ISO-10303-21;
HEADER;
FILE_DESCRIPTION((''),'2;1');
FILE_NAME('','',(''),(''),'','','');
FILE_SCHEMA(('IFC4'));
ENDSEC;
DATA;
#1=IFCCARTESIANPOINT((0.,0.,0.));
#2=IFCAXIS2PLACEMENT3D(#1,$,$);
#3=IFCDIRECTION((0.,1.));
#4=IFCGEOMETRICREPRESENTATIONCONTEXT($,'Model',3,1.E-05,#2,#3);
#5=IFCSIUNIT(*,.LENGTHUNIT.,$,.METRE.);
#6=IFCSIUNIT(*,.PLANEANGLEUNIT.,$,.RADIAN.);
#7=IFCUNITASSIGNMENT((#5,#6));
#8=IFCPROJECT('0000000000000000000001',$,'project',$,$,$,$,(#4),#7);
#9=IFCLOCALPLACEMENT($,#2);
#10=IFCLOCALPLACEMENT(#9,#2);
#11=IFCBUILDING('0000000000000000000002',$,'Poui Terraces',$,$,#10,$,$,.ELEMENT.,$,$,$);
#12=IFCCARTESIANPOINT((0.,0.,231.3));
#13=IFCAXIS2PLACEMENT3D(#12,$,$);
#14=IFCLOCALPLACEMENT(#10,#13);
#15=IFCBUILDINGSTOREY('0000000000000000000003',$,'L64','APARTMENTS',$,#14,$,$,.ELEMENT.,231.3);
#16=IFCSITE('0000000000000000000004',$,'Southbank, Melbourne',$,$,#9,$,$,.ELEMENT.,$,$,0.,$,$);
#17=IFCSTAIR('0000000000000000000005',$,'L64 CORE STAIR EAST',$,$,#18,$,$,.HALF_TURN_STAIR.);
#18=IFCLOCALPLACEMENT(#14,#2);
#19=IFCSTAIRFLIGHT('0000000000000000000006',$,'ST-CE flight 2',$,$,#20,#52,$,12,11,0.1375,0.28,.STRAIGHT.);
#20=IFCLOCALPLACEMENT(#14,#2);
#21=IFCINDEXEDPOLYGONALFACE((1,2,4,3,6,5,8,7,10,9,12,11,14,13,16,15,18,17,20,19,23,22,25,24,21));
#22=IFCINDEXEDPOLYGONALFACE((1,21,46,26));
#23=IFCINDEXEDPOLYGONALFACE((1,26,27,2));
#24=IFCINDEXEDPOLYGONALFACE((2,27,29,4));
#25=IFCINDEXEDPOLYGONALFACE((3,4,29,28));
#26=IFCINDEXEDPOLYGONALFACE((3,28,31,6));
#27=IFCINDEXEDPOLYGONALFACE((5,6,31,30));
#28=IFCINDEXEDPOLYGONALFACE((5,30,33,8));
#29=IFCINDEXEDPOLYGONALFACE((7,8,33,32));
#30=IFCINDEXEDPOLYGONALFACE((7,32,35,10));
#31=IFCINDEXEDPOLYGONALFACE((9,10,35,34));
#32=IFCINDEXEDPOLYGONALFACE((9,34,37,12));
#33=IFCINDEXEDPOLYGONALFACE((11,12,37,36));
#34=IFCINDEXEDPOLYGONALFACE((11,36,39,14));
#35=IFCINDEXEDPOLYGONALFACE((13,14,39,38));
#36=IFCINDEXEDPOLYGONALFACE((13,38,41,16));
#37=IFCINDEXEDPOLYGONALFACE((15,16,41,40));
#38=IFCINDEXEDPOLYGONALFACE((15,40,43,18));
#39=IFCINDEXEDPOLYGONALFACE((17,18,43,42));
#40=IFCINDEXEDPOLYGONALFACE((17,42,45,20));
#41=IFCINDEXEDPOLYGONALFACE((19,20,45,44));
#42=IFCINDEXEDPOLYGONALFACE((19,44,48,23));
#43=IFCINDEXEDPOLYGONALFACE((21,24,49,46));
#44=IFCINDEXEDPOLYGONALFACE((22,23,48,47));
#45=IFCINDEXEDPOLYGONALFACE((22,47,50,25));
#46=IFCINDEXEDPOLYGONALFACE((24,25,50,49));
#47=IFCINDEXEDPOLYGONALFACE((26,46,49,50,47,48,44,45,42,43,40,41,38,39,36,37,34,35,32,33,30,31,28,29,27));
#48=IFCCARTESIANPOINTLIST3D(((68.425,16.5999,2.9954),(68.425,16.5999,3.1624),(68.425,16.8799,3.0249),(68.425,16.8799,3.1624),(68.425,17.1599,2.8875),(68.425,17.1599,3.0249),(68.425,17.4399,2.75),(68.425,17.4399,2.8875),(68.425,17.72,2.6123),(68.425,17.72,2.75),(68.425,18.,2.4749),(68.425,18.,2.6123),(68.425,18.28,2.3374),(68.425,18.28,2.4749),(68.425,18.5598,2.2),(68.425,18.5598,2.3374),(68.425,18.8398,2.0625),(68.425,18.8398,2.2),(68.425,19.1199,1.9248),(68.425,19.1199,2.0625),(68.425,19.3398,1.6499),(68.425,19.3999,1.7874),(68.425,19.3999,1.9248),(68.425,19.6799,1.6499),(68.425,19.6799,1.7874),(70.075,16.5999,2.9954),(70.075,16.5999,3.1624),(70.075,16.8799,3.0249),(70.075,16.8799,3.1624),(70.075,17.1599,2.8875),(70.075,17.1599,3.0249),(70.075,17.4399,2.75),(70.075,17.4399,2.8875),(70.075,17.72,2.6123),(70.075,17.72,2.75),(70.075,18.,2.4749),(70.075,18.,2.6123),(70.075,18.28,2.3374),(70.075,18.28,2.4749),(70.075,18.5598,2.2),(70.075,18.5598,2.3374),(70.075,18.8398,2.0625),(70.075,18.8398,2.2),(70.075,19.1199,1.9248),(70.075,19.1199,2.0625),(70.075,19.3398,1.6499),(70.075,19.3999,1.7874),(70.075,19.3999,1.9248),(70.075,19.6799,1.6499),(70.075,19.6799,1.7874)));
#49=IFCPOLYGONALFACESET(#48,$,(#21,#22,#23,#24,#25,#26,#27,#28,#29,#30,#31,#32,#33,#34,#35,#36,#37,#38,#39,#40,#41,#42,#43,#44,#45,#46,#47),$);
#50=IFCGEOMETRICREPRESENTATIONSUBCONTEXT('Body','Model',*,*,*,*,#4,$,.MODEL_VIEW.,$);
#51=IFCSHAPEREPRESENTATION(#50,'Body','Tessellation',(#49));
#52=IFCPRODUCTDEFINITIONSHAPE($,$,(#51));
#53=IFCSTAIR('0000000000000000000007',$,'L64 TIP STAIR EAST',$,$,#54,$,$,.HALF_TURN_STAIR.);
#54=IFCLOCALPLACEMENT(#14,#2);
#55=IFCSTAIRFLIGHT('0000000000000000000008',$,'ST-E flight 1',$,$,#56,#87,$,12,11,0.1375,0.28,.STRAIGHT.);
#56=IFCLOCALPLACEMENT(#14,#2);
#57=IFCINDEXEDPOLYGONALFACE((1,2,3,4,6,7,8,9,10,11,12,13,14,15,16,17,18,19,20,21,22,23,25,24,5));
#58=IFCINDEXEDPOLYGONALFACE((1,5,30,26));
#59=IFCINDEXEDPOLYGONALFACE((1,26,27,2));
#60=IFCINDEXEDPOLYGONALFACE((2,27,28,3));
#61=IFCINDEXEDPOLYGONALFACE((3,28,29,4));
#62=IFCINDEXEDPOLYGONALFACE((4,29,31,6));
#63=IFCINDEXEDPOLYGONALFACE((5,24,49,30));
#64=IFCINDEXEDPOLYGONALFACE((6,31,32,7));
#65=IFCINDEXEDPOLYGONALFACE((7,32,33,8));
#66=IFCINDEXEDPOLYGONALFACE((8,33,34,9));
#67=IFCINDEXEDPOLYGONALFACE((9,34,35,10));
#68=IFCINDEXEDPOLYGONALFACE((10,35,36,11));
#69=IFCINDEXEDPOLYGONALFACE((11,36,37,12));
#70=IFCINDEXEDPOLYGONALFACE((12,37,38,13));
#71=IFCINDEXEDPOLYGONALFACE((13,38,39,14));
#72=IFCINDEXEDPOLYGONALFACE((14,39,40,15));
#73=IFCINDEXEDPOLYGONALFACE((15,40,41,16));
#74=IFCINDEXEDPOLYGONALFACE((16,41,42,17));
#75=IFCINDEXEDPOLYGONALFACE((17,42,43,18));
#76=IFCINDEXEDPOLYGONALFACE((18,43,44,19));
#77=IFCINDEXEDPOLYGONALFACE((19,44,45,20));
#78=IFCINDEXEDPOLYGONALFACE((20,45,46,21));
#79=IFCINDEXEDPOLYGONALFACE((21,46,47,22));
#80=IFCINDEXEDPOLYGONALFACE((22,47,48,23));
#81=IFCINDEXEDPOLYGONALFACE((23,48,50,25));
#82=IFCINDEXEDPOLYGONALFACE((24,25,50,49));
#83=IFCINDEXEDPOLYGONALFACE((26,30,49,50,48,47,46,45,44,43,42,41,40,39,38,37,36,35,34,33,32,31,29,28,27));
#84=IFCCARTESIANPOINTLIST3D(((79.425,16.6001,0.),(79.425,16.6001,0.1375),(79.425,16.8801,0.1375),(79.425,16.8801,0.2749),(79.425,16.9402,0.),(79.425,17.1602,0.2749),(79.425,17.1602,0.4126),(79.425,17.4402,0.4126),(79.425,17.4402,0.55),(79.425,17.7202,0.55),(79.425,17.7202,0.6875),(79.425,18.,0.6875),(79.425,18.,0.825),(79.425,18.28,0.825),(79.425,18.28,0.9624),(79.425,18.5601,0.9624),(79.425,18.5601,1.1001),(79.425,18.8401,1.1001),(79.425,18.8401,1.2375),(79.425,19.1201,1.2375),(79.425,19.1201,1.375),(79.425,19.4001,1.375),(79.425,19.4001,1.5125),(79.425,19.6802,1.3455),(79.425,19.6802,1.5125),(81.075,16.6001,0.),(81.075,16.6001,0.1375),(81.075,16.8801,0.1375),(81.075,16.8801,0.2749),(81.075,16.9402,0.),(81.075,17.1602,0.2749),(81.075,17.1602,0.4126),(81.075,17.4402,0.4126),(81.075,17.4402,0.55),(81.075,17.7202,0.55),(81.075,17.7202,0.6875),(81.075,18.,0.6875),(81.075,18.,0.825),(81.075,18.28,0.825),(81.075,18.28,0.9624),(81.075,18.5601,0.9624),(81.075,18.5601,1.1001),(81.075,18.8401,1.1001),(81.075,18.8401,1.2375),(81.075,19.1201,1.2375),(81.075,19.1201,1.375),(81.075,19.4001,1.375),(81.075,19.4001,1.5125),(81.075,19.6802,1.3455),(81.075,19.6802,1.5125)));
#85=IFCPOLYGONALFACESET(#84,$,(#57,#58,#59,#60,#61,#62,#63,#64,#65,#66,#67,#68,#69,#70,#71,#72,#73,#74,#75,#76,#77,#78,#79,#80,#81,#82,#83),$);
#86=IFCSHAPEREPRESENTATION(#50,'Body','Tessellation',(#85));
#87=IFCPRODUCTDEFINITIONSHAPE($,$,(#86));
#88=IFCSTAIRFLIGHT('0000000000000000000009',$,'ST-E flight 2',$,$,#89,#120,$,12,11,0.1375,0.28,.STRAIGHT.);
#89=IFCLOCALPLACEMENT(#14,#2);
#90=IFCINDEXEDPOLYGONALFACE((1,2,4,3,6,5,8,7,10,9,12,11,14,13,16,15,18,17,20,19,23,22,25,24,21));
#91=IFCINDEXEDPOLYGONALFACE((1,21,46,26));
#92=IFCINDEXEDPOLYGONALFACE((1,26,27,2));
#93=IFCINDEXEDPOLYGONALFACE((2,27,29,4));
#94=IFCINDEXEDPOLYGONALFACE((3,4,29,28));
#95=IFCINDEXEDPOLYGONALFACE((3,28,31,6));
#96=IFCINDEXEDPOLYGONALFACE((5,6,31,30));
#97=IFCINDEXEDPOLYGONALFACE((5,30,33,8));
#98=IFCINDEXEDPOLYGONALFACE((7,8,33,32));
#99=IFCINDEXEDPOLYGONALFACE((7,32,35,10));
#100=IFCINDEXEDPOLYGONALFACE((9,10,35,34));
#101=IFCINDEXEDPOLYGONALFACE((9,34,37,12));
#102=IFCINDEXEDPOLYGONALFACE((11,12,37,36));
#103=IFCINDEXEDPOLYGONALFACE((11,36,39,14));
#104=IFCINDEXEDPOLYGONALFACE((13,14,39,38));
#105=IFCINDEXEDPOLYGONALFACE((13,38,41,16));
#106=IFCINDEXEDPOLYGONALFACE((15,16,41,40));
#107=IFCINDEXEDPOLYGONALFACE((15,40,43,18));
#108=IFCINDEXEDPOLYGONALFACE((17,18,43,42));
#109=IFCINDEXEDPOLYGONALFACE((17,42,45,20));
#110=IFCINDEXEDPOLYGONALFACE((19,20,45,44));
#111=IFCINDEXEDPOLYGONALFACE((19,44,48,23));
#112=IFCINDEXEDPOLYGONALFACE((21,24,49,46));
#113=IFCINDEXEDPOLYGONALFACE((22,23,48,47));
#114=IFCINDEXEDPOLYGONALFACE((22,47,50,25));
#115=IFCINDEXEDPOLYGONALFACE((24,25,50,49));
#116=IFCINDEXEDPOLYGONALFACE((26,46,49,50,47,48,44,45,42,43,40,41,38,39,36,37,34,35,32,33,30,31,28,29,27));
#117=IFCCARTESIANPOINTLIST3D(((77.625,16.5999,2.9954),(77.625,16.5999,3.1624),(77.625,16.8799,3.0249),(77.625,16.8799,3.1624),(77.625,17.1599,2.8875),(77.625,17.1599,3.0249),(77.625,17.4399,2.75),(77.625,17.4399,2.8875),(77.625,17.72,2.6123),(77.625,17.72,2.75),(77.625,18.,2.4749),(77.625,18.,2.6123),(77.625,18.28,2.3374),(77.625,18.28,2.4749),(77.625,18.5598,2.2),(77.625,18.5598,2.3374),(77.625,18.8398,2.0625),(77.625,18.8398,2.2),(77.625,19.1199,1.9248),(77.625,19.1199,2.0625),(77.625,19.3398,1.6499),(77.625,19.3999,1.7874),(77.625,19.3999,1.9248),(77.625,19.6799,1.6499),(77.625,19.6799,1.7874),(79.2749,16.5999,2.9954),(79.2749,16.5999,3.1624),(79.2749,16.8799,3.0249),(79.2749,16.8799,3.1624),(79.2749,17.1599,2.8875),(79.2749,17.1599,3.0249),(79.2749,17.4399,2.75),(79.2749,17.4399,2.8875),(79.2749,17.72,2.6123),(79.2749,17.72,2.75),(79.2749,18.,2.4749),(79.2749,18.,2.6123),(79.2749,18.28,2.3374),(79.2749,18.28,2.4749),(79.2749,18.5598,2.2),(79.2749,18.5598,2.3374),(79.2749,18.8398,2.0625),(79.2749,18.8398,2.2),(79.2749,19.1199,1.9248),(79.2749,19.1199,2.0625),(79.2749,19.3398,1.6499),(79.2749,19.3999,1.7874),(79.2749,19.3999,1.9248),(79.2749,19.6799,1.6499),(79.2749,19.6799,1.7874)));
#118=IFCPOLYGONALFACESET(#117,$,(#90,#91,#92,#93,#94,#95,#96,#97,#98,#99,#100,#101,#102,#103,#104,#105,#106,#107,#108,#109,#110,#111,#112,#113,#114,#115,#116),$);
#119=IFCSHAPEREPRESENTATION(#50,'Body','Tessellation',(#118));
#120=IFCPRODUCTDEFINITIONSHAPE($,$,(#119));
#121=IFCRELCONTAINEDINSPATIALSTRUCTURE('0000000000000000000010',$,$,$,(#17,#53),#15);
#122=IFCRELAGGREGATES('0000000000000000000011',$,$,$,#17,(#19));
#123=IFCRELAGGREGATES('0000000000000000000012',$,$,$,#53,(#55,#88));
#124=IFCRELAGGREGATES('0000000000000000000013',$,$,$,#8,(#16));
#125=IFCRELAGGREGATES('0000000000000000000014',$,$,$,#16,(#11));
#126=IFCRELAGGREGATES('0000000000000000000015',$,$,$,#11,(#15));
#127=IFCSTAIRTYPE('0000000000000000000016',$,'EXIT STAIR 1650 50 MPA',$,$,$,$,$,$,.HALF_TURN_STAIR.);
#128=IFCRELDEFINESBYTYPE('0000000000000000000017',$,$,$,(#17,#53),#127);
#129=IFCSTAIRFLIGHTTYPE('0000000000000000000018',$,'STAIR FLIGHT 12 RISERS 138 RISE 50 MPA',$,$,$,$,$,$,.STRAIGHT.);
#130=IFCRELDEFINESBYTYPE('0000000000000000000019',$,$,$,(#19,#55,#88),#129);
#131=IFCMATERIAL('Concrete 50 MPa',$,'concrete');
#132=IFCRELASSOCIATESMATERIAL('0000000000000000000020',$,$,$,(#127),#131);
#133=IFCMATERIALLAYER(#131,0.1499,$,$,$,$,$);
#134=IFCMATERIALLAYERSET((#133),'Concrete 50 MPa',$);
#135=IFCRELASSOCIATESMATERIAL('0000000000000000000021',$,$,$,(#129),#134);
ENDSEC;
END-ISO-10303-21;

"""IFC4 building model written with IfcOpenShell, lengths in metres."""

from ifc_helpers import new_model, si_unit, direction, frame, origin, place, context, subcontext, project, spatial, polyline, outline, extrude, material, layer, layer_set, type_object, element, aggregate, save


model = new_model("IFC4")

# Units and contexts
model_context = context("Model", 3, precision=1e-05, world=origin(), true_north=direction((0.0, 1.0)))
body_context = subcontext(model_context, "Body", "Model", "MODEL_VIEW")
ifc_project = project(units=[si_unit("LENGTHUNIT", "METRE"), si_unit("PLANEANGLEUNIT", "RADIAN")], contexts=[model_context])

# Site, building, storey
site_placement = place(None, origin())
site = spatial("IfcSite", under=ifc_project, at=site_placement, Name="Southbank, Melbourne", CompositionType="ELEMENT", RefElevation=0.0)
building_placement = place(site_placement, origin())
building = spatial("IfcBuilding", under=site, at=building_placement, Name="Poui Terraces", CompositionType="ELEMENT")
storey_placement = place(building_placement, frame((0.0, 0.0, 231.3)))
storey = spatial("IfcBuildingStorey", under=building, at=storey_placement, Name="L64", Description="APARTMENTS", CompositionType="ELEMENT", Elevation=231.3)

# Shared definitions
ifc_material_1 = material(Name="Concrete 50 MPa", Category="concrete")

# Stairs, stair flights
stair_type = type_object("IfcStairType", Name="EXIT STAIR 1650 50 MPA", PredefinedType="HALF_TURN_STAIR", material=ifc_material_1)
stair_1_placement = place(storey_placement, origin())
stair_1 = element("IfcStair", 1, at=stair_1_placement, inside=storey, type_object=stair_type, Name="L64 CORE STAIR EAST", PredefinedType="HALF_TURN_STAIR")
ifc_layer_1 = layer(ifc_material_1, 0.1499)
ifc_layer_set_1 = layer_set([ifc_layer_1], Name="Concrete 50 MPa")
stair_flight_type = type_object("IfcStairFlightType", Name="STAIR FLIGHT 12 RISERS 138 RISE 50 MPA", PredefinedType="STRAIGHT", material=ifc_layer_set_1)
stair_flight_1_placement = place(storey_placement, frame((69.25, 19.6799, 1.6499), z_axis=(0.0, 0.0, 1.0), x_axis=(0.0, -1.0, 0.0)))
stair_flight_1 = element("IfcStairFlight", 2, at=stair_flight_1_placement, type_object=stair_flight_type, Name="ST-CE flight 2", NumberOfRisers=12, NumberOfTreads=11, PredefinedType="STRAIGHT", RiserHeight=0.1375, TreadLength=0.28, context=body_context, shape_type="SweptSolid", body=[
    extrude(outline(polyline([(0.0, 0.0), (0.0, 0.1375), (0.28, 0.1375), (0.28, 0.2749), (0.5601, 0.2749), (0.5601, 0.4126), (0.8401, 0.4126), (0.8401, 0.55), (1.1201, 0.55), (1.1201, 0.6875), (1.3999, 0.6875), (1.3999, 0.825), (1.6799, 0.825), (1.6799, 0.9624), (1.96, 0.9624), (1.96, 1.1001), (2.24, 1.1001), (2.24, 1.2375), (2.52, 1.2375), (2.52, 1.375), (2.8, 1.375), (2.8, 1.5125), (3.0801, 1.5125), (3.0801, 1.6499), (3.0801, 1.3455), (0.3401, 0.0), (0.0, 0.0)])), frame((0.0, 0.825, 0.0), z_axis=(0.0, -1.0, 0.0), x_axis=(1.0, 0.0, 0.0)), (0.0, 0.0, 1.0), 1.6499),
])
aggregate(stair_1, [stair_flight_1])
stair_2_placement = place(storey_placement, origin())
stair_2 = element("IfcStair", 3, at=stair_2_placement, inside=storey, type_object=stair_type, Name="L64 TIP STAIR EAST", PredefinedType="HALF_TURN_STAIR")
stair_flight_2_placement = place(storey_placement, frame((80.25, 16.6001, 0.0), z_axis=(0.0, 0.0, 1.0), x_axis=(0.0, 1.0, 0.0)))
stair_flight_2 = element("IfcStairFlight", 4, at=stair_flight_2_placement, type_object=stair_flight_type, Name="ST-E flight 1", NumberOfRisers=12, NumberOfTreads=11, PredefinedType="STRAIGHT", RiserHeight=0.1375, TreadLength=0.28, context=body_context, shape_type="SweptSolid", body=[
    extrude(outline(polyline([(0.0, 0.0), (0.0, 0.1375), (0.28, 0.1375), (0.28, 0.2749), (0.5601, 0.2749), (0.5601, 0.4126), (0.8401, 0.4126), (0.8401, 0.55), (1.1201, 0.55), (1.1201, 0.6875), (1.3999, 0.6875), (1.3999, 0.825), (1.6799, 0.825), (1.6799, 0.9624), (1.96, 0.9624), (1.96, 1.1001), (2.24, 1.1001), (2.24, 1.2375), (2.52, 1.2375), (2.52, 1.375), (2.8, 1.375), (2.8, 1.5125), (3.0801, 1.5125), (3.0801, 1.6499), (3.0801, 1.3455), (0.3401, 0.0), (0.0, 0.0)])), frame((0.0, 0.825, 0.0), z_axis=(0.0, -1.0, 0.0), x_axis=(1.0, 0.0, 0.0)), (0.0, 0.0, 1.0), 1.6499),
])
stair_flight_3_placement = place(storey_placement, frame((78.45, 19.6799, 1.6499), z_axis=(0.0, 0.0, 1.0), x_axis=(0.0, -1.0, 0.0)))
stair_flight_3 = element("IfcStairFlight", 5, at=stair_flight_3_placement, type_object=stair_flight_type, Name="ST-E flight 2", NumberOfRisers=12, NumberOfTreads=11, PredefinedType="STRAIGHT", RiserHeight=0.1375, TreadLength=0.28, context=body_context, shape_type="SweptSolid", body=[
    extrude(outline(polyline([(0.0, 0.0), (0.0, 0.1375), (0.28, 0.1375), (0.28, 0.2749), (0.5601, 0.2749), (0.5601, 0.4126), (0.8401, 0.4126), (0.8401, 0.55), (1.1201, 0.55), (1.1201, 0.6875), (1.3999, 0.6875), (1.3999, 0.825), (1.6799, 0.825), (1.6799, 0.9624), (1.96, 0.9624), (1.96, 1.1001), (2.24, 1.1001), (2.24, 1.2375), (2.52, 1.2375), (2.52, 1.375), (2.8, 1.375), (2.8, 1.5125), (3.0801, 1.5125), (3.0801, 1.6499), (3.0801, 1.3455), (0.3401, 0.0), (0.0, 0.0)])), frame((0.0, 0.825, 0.0), z_axis=(0.0, -1.0, 0.0), x_axis=(1.0, 0.0, 0.0)), (0.0, 0.0, 1.0), 1.6499),
])
aggregate(stair_2, [stair_flight_2, stair_flight_3])

save(model, "model.ifc")
